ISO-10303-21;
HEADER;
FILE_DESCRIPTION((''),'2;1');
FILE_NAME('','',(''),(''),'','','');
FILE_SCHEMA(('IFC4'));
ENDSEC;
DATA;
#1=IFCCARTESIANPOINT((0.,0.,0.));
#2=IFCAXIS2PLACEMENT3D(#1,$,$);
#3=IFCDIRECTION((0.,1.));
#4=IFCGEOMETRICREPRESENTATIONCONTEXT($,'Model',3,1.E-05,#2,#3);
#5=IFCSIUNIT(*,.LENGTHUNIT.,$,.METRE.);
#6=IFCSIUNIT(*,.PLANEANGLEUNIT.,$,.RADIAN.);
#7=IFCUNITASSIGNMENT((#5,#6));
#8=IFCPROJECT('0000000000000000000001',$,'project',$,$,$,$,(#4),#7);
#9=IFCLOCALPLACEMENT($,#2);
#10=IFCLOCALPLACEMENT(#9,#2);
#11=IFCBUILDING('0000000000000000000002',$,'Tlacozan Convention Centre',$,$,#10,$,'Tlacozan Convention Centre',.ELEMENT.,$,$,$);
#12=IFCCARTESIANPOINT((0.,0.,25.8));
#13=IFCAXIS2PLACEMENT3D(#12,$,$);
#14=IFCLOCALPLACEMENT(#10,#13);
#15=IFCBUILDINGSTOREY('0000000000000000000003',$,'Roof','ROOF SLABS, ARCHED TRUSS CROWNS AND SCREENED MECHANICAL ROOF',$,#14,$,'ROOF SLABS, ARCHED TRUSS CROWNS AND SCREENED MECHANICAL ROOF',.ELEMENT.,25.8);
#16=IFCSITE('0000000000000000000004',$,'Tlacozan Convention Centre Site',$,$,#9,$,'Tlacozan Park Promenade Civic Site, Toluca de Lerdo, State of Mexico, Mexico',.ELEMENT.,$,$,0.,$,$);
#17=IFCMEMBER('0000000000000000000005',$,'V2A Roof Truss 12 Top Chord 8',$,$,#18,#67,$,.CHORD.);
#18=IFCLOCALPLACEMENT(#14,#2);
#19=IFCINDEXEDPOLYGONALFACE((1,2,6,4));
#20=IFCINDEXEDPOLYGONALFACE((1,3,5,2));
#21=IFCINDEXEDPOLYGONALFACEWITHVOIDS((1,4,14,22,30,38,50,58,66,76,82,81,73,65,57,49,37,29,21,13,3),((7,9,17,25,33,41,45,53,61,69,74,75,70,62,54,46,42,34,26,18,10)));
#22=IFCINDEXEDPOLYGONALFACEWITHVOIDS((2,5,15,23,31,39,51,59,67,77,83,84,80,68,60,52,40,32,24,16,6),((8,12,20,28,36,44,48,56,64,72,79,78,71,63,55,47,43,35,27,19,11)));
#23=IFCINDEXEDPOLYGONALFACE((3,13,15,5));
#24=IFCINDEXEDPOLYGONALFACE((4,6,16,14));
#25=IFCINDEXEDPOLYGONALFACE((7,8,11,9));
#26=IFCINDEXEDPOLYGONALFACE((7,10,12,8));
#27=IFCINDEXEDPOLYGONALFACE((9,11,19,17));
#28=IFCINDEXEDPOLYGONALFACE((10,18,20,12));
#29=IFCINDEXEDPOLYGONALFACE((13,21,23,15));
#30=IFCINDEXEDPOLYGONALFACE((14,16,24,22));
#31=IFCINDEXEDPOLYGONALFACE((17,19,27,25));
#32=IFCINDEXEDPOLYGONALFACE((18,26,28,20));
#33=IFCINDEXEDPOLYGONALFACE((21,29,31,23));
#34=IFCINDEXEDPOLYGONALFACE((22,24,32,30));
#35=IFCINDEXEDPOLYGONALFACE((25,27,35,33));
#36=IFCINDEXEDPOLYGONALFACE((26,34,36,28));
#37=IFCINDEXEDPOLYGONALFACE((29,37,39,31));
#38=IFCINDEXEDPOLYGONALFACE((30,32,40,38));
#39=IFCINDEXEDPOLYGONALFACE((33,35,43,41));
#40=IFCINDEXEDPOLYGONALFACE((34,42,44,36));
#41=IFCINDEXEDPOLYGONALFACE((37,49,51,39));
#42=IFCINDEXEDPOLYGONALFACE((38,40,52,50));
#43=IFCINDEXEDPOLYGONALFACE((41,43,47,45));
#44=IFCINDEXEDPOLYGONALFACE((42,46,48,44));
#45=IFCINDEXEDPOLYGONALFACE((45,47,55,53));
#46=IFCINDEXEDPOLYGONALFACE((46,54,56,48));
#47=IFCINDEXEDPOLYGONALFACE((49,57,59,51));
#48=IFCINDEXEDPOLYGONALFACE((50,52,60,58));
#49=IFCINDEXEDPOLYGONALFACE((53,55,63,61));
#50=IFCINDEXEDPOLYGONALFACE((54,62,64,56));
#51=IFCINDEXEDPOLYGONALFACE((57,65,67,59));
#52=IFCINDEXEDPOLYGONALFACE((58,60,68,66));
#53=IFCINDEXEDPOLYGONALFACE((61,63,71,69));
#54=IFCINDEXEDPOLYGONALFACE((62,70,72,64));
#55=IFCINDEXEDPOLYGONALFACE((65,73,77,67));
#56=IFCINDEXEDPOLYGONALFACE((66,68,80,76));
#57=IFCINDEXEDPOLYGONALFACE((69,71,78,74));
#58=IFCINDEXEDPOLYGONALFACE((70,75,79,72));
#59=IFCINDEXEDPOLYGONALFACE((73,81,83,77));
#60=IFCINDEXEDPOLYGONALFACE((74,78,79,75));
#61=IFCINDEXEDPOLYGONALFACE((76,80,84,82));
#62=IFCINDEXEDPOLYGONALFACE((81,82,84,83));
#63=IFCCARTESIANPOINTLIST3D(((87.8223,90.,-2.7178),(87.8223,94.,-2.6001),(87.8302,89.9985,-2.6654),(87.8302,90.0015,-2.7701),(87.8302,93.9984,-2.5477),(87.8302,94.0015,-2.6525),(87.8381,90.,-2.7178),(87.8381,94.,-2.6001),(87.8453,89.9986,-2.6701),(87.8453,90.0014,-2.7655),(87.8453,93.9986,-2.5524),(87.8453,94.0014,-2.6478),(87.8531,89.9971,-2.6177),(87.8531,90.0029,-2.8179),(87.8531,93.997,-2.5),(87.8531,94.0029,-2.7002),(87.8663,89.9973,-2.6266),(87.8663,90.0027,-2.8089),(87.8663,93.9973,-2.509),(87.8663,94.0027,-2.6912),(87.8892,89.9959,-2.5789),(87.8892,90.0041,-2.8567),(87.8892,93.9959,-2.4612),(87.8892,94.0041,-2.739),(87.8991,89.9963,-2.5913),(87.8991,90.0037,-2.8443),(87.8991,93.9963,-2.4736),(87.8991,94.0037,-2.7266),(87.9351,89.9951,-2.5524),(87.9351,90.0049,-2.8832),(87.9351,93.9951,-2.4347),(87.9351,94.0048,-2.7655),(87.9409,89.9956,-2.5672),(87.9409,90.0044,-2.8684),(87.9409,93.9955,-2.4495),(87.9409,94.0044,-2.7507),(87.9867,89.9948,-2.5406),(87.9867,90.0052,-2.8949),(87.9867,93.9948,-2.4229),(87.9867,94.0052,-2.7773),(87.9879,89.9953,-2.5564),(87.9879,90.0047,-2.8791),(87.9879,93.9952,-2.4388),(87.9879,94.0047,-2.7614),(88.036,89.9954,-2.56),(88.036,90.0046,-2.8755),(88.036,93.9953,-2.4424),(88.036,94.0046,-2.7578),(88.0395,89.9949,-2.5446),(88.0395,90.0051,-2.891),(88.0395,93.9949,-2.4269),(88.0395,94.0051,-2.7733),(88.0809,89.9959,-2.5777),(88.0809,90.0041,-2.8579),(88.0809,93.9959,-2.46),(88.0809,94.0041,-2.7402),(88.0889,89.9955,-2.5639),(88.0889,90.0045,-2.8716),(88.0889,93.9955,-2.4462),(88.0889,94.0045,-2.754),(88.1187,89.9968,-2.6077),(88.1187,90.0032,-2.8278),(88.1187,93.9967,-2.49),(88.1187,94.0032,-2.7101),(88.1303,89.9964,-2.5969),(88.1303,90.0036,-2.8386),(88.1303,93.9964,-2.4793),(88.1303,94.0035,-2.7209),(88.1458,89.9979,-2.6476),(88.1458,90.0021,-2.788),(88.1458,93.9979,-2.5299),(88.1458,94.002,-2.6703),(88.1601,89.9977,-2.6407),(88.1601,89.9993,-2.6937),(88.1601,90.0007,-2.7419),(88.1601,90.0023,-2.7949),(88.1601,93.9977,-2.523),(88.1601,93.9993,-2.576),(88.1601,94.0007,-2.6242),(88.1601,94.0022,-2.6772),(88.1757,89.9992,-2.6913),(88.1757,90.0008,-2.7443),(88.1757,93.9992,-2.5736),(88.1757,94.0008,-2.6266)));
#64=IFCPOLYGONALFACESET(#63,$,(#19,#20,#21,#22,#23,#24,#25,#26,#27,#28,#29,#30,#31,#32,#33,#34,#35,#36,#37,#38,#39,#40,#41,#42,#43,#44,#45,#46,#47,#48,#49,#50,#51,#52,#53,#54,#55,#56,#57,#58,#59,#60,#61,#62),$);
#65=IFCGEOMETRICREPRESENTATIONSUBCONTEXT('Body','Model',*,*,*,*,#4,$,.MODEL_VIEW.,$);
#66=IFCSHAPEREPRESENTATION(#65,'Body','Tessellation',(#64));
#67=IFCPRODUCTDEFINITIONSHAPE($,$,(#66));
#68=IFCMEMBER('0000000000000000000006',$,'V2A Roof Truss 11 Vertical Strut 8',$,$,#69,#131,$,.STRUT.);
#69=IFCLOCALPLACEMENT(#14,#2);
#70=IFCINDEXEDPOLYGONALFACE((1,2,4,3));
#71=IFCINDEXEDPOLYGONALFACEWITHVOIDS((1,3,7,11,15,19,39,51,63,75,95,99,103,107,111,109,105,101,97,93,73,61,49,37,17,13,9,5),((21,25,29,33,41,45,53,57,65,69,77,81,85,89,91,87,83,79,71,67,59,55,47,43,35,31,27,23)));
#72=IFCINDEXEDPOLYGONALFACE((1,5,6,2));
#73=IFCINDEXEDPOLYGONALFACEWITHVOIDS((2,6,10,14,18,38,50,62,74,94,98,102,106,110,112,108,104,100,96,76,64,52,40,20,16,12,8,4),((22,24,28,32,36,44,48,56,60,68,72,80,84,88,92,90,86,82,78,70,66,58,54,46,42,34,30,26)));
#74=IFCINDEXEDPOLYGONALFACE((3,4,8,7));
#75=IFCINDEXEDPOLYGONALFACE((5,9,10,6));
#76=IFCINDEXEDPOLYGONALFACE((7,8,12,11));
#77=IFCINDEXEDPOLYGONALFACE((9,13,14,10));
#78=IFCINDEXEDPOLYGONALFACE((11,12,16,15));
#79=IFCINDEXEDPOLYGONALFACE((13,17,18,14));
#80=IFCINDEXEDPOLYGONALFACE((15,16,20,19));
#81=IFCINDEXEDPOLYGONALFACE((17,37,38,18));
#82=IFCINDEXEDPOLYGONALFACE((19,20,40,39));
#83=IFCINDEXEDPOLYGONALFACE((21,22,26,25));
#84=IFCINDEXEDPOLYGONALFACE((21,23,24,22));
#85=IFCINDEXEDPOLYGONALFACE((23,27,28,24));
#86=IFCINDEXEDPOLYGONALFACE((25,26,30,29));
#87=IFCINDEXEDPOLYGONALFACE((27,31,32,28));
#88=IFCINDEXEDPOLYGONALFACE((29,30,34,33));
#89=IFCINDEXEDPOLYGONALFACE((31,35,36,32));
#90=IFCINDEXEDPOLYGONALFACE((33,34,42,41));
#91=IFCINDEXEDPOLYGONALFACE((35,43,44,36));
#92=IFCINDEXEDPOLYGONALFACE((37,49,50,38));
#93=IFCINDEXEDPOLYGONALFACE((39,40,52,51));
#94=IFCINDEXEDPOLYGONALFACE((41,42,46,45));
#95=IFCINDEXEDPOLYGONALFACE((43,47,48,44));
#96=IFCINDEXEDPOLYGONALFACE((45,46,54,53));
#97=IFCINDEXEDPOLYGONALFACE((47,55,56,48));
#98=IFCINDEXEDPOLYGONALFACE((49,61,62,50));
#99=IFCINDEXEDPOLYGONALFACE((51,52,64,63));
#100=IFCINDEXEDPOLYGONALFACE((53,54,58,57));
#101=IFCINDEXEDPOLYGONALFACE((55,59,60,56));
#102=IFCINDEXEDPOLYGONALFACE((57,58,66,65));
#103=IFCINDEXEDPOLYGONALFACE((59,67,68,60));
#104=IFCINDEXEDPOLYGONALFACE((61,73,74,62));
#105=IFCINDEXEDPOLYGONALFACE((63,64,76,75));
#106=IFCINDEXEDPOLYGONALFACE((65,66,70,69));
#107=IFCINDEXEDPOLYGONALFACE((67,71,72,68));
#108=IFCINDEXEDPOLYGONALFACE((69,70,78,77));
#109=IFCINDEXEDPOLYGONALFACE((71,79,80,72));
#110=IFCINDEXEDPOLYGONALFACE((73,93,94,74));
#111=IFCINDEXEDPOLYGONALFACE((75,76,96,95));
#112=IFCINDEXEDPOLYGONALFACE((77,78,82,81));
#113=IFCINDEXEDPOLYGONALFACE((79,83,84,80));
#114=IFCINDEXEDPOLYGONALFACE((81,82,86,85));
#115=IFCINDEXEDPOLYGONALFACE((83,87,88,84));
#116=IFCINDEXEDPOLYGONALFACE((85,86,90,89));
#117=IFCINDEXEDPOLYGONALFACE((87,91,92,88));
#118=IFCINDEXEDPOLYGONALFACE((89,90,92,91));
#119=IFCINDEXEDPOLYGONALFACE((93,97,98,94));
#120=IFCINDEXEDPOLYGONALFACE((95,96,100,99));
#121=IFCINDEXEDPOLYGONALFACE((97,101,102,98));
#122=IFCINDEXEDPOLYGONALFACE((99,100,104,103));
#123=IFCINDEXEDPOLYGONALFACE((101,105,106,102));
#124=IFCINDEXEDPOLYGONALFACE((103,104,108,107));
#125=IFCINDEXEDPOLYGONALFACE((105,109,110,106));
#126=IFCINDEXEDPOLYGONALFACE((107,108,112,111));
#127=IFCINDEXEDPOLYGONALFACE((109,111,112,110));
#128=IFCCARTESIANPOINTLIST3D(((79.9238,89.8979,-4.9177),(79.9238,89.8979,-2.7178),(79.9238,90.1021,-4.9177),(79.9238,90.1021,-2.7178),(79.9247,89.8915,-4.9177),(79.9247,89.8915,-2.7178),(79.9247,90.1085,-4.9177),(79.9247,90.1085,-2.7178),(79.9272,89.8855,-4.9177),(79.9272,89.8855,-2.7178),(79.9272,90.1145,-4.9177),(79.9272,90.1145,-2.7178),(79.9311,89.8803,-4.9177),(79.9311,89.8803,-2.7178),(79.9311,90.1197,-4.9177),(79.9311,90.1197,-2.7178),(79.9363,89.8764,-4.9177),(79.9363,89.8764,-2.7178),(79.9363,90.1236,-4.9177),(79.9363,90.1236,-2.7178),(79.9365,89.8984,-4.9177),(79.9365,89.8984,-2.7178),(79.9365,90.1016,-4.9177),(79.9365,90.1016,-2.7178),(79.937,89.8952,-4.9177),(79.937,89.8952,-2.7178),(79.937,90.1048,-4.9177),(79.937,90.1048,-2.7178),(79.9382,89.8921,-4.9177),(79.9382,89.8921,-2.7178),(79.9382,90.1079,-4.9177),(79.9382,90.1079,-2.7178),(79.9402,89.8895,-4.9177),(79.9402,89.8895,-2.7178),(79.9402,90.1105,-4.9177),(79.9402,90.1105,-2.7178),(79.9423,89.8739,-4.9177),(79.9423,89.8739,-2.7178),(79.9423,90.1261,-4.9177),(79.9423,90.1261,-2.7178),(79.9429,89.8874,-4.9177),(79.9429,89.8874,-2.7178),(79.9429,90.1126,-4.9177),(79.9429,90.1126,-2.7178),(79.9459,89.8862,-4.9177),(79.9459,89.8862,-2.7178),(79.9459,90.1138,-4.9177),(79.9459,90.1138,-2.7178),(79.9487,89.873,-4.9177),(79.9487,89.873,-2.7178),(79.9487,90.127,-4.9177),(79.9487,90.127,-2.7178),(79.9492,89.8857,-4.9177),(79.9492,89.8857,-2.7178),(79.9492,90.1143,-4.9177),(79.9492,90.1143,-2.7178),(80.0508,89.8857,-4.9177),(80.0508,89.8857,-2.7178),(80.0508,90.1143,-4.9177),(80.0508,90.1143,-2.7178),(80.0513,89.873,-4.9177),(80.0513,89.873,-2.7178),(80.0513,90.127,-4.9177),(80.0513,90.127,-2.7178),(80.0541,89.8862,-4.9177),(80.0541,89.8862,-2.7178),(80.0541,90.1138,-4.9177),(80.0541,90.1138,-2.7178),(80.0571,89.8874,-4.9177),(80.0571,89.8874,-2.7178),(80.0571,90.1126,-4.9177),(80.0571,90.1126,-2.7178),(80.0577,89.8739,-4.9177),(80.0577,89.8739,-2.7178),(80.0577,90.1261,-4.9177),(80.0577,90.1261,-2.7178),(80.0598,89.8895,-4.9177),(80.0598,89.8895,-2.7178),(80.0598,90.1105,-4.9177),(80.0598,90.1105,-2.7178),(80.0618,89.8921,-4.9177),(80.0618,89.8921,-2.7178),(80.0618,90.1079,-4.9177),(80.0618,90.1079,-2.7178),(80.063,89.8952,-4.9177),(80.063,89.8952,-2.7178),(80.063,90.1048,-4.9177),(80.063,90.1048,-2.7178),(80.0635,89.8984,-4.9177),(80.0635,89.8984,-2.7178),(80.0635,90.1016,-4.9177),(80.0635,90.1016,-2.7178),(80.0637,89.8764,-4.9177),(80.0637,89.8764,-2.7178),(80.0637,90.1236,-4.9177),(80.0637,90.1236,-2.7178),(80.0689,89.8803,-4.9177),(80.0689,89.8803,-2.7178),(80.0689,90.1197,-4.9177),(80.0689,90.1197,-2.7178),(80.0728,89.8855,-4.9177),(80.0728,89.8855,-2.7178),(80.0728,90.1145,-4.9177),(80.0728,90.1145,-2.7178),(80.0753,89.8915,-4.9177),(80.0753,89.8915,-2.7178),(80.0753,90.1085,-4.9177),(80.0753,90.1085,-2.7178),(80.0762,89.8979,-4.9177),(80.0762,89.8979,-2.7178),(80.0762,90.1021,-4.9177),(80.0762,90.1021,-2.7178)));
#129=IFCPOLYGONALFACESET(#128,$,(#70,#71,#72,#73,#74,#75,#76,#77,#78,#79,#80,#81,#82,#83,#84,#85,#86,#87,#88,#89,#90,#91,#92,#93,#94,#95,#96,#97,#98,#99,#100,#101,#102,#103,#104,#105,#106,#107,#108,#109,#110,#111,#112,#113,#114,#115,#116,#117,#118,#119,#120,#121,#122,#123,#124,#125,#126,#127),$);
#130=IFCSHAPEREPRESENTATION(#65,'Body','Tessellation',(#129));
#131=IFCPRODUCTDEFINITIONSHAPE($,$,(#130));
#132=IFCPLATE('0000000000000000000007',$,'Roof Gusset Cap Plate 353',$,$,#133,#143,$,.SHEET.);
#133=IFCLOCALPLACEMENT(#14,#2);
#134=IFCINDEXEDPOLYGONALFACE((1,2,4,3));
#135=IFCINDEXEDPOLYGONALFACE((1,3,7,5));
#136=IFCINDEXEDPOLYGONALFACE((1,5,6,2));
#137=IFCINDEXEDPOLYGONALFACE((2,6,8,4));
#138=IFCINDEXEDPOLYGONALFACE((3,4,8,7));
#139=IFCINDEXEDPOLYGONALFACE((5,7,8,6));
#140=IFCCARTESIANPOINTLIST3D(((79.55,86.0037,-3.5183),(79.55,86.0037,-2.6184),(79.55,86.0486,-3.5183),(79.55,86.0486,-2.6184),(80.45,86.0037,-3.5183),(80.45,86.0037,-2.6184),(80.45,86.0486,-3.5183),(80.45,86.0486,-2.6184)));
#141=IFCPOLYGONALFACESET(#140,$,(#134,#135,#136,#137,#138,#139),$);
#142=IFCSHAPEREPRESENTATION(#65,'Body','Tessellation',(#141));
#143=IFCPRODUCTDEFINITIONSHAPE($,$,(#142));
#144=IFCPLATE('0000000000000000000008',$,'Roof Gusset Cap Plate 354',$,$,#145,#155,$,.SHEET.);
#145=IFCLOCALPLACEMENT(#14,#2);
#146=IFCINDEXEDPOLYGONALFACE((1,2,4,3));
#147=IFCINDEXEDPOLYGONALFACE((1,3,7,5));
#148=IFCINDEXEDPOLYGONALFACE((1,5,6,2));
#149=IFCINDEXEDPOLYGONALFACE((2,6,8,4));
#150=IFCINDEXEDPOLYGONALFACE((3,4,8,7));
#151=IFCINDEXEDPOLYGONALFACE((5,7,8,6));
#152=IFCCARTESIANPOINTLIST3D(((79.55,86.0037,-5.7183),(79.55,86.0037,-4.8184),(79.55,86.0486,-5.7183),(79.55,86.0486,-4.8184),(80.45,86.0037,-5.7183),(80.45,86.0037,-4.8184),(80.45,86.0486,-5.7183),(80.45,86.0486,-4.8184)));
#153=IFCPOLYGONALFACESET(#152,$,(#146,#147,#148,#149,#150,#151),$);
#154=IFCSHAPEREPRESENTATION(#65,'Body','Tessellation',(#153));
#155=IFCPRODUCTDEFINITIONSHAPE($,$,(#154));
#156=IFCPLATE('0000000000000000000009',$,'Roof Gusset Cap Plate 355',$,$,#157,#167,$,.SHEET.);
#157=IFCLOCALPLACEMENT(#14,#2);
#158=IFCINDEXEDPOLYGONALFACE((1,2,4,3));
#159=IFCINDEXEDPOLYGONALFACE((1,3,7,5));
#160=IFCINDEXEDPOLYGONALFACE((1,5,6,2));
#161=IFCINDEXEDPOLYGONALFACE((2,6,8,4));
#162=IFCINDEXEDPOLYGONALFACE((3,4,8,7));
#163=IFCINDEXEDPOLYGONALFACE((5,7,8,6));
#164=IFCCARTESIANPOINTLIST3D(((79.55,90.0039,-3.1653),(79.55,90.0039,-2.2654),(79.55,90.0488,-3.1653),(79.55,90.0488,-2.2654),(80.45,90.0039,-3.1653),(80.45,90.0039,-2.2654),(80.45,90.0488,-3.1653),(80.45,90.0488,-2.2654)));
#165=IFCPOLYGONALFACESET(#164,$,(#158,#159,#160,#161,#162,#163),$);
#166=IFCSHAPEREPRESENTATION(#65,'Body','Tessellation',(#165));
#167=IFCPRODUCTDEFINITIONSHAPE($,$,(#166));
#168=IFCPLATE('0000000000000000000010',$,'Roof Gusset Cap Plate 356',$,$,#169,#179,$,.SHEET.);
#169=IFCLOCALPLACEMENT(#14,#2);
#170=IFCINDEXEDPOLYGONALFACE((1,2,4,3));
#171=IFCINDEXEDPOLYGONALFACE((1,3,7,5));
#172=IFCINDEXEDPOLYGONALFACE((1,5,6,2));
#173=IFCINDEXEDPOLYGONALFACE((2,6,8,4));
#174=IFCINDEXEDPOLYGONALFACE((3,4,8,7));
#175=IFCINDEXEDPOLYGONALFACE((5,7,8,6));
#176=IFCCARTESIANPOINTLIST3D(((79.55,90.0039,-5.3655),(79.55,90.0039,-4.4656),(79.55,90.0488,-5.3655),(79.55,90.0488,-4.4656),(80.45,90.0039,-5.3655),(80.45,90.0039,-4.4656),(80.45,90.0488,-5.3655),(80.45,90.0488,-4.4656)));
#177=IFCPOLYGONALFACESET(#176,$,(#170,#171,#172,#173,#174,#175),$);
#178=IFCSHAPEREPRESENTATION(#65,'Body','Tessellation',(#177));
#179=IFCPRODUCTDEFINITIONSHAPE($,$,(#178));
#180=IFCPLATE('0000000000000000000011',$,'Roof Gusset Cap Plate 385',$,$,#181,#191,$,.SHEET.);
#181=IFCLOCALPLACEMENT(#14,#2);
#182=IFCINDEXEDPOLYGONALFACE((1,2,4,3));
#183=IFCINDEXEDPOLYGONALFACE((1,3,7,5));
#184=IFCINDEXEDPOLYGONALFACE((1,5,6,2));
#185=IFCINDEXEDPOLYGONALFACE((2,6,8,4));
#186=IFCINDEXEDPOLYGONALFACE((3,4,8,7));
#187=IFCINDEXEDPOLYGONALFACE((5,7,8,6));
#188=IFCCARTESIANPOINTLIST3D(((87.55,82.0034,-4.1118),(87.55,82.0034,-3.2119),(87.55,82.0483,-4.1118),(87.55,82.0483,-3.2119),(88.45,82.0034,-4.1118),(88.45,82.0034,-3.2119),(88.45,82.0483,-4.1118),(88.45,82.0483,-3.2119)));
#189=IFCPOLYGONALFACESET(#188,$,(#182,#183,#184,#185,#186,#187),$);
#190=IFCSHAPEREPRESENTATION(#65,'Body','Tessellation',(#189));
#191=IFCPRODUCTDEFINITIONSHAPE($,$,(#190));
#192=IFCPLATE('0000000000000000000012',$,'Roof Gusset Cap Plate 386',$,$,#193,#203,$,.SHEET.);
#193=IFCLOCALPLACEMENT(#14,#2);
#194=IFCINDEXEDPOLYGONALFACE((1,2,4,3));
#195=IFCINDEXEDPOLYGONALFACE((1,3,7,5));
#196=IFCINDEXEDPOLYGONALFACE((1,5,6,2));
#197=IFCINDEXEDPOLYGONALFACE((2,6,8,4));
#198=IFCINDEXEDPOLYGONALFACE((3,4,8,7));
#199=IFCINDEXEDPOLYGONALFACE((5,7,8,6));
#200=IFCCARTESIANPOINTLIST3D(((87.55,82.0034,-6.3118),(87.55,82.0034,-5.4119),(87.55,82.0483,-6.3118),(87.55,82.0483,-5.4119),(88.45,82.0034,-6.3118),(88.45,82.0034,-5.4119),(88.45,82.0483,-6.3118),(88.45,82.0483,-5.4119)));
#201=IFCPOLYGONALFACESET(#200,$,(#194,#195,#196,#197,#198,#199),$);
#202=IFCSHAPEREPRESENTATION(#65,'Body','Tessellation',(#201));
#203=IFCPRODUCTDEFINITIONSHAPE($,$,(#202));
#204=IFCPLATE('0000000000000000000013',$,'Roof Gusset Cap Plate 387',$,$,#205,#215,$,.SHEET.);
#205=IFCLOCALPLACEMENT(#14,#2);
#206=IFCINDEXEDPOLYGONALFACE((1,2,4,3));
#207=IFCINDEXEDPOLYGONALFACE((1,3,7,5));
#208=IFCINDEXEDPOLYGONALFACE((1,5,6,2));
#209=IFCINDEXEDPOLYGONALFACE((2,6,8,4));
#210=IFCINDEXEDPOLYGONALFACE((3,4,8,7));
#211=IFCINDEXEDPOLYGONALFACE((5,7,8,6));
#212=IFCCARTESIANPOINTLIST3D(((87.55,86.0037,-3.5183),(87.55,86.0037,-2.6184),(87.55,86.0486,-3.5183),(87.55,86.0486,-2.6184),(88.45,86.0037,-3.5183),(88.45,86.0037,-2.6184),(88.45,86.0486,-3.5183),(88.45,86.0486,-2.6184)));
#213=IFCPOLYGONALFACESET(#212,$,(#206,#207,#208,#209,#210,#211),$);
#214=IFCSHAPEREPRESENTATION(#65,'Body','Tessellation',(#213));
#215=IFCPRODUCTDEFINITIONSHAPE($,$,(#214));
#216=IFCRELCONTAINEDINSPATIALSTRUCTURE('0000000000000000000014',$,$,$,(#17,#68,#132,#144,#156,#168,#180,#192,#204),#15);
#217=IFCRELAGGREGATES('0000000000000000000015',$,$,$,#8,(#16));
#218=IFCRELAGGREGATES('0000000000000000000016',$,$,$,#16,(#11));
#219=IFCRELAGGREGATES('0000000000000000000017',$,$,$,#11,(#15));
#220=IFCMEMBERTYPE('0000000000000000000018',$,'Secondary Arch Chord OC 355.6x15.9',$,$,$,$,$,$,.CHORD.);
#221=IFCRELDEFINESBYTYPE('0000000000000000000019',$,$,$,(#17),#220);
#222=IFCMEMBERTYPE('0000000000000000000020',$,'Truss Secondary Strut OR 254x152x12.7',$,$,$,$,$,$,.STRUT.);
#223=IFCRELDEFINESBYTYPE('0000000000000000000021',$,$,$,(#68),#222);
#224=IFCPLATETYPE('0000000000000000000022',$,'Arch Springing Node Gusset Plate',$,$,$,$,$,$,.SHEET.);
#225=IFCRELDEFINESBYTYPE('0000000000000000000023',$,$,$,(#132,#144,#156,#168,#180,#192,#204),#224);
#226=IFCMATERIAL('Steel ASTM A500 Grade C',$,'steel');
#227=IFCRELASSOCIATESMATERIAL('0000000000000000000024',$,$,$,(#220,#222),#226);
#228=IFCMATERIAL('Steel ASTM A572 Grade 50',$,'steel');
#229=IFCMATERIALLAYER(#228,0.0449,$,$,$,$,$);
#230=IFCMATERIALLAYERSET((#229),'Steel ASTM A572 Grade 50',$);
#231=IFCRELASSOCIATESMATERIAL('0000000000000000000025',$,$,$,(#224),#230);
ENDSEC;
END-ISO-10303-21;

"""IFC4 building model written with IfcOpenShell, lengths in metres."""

from ifc_helpers import new_model, si_unit, direction, frame, origin, origin_2d, place, context, subcontext, project, spatial, rectangle, hollow_rectangle, hollow_circle, extrude, material, layer, layer_set, material_profile, profile_set, type_object, element, save


model = new_model("IFC4")

# Units and contexts
model_context = context("Model", 3, precision=1e-05, world=origin(), true_north=direction((0.0, 1.0)))
body_context = subcontext(model_context, "Body", "Model", "MODEL_VIEW")
ifc_project = project(units=[si_unit("LENGTHUNIT", "METRE"), si_unit("PLANEANGLEUNIT", "RADIAN")], contexts=[model_context])

# Site, building, storey
site_placement = place(None, origin())
site = spatial("IfcSite", under=ifc_project, at=site_placement, Name="Tlacozan Convention Centre Site", LongName="Tlacozan Park Promenade Civic Site, Toluca de Lerdo, State of Mexico, Mexico", CompositionType="ELEMENT", RefElevation=0.0)
building_placement = place(site_placement, origin())
building = spatial("IfcBuilding", under=site, at=building_placement, Name="Tlacozan Convention Centre", LongName="Tlacozan Convention Centre", CompositionType="ELEMENT")
storey_placement = place(building_placement, frame((0.0, 0.0, 25.8)))
storey = spatial("IfcBuildingStorey", under=building, at=storey_placement, Name="Roof", Description="ROOF SLABS, ARCHED TRUSS CROWNS AND SCREENED MECHANICAL ROOF", LongName="ROOF SLABS, ARCHED TRUSS CROWNS AND SCREENED MECHANICAL ROOF", CompositionType="ELEMENT", Elevation=25.8)

# Members
ifc_material_1 = material(Name="Steel ASTM A500 Grade C", Category="steel")
ifc_material_profile_1 = material_profile(ifc_material_1, hollow_circle(Radius=0.1777, WallThickness=0.0159, at=origin_2d()), Name="OC 355.6x15.9")
ifc_profile_set_1 = profile_set([ifc_material_profile_1], Name="Steel ASTM A500 Grade C")
member_type_1 = type_object("IfcMemberType", Name="Secondary Arch Chord OC 355.6x15.9", PredefinedType="CHORD", material=ifc_profile_set_1)
member_1_placement = place(storey_placement, frame((88.0, 90.0, -2.7178), z_axis=(0.0, 0.999568, 0.029406), x_axis=(-1.0, 0.0, 0.0)))
element("IfcMember", 1, at=member_1_placement, inside=storey, type_object=member_type_1, Name="V2A Roof Truss 12 Top Chord 8", PredefinedType="CHORD", context=body_context, shape_type="SweptSolid", body=[
    extrude(hollow_circle(Radius=0.1777, WallThickness=0.0159, at=origin_2d()), origin(), (0.0, 0.0, 1.0), 4.0017),
])
ifc_material_profile_2 = material_profile(ifc_material_1, hollow_rectangle(XDim=0.1523, YDim=0.2539, WallThickness=0.0127, InnerFilletRadius=0.0127, OuterFilletRadius=0.0249, at=origin_2d()), Name="OR 254x152x12.7")
ifc_profile_set_2 = profile_set([ifc_material_profile_2], Name="Steel ASTM A500 Grade C")
member_type_2 = type_object("IfcMemberType", Name="Truss Secondary Strut OR 254x152x12.7", PredefinedType="STRUT", material=ifc_profile_set_2)
member_2_placement = place(storey_placement, frame((80.0, 90.0, -4.9177), z_axis=(0.0, 0.0, 1.0), x_axis=(1.0, 0.0, 0.0)))
element("IfcMember", 2, at=member_2_placement, inside=storey, type_object=member_type_2, Name="V2A Roof Truss 11 Vertical Strut 8", PredefinedType="STRUT", context=body_context, shape_type="SweptSolid", body=[
    extrude(hollow_rectangle(XDim=0.1523, YDim=0.2539, WallThickness=0.0127, InnerFilletRadius=0.0127, OuterFilletRadius=0.0249, at=origin_2d()), origin(), (0.0, 0.0, 1.0), 2.2),
])

# Plates
ifc_material_2 = material(Name="Steel ASTM A572 Grade 50", Category="steel")
ifc_layer = layer(ifc_material_2, 0.0449)
ifc_layer_set = layer_set([ifc_layer], Name="Steel ASTM A572 Grade 50")
plate_type = type_object("IfcPlateType", Name="Arch Springing Node Gusset Plate", PredefinedType="SHEET", material=ifc_layer_set)
for number, where, z_axis, x_axis, name in (
    (3, (80.0, 86.0261, -3.5183), (0.0, 0.0, 1.0), (0.0, 1.0, 0.0), "Roof Gusset Cap Plate 353"),
    (4, (80.0, 86.0261, -5.7183), (0.0, 0.0, 1.0), (0.0, 1.0, 0.0), "Roof Gusset Cap Plate 354"),
    (5, (80.0, 90.0264, -3.1653), (0.0, 0.0, 1.0), (0.0, 1.0, 0.0), "Roof Gusset Cap Plate 355"),
    (6, (80.0, 90.0264, -5.3655), (0.0, 0.0, 1.0), (0.0, 1.0, 0.0), "Roof Gusset Cap Plate 356"),
    (7, (88.0, 82.0259, -4.1118), (0.0, 0.0, 1.0), (0.0, 1.0, 0.0), "Roof Gusset Cap Plate 385"),
    (8, (88.0, 82.0259, -6.3118), (0.0, 0.0, 1.0), (0.0, 1.0, 0.0), "Roof Gusset Cap Plate 386"),
    (9, (88.0, 86.0261, -3.5183), (0.0, 0.0, 1.0), (0.0, 1.0, 0.0), "Roof Gusset Cap Plate 387"),
):
    element("IfcPlate", number, at=place(storey_placement, frame(where, z_axis=z_axis, x_axis=x_axis)), inside=storey, type_object=plate_type, Name=name, PredefinedType="SHEET", context=body_context, shape_type="SweptSolid", body=[
        extrude(rectangle(XDim=0.0449, YDim=0.8999, at=origin_2d()), origin(), (0.0, 0.0, 1.0), 0.8999),
    ])

save(model, "model.ifc")
